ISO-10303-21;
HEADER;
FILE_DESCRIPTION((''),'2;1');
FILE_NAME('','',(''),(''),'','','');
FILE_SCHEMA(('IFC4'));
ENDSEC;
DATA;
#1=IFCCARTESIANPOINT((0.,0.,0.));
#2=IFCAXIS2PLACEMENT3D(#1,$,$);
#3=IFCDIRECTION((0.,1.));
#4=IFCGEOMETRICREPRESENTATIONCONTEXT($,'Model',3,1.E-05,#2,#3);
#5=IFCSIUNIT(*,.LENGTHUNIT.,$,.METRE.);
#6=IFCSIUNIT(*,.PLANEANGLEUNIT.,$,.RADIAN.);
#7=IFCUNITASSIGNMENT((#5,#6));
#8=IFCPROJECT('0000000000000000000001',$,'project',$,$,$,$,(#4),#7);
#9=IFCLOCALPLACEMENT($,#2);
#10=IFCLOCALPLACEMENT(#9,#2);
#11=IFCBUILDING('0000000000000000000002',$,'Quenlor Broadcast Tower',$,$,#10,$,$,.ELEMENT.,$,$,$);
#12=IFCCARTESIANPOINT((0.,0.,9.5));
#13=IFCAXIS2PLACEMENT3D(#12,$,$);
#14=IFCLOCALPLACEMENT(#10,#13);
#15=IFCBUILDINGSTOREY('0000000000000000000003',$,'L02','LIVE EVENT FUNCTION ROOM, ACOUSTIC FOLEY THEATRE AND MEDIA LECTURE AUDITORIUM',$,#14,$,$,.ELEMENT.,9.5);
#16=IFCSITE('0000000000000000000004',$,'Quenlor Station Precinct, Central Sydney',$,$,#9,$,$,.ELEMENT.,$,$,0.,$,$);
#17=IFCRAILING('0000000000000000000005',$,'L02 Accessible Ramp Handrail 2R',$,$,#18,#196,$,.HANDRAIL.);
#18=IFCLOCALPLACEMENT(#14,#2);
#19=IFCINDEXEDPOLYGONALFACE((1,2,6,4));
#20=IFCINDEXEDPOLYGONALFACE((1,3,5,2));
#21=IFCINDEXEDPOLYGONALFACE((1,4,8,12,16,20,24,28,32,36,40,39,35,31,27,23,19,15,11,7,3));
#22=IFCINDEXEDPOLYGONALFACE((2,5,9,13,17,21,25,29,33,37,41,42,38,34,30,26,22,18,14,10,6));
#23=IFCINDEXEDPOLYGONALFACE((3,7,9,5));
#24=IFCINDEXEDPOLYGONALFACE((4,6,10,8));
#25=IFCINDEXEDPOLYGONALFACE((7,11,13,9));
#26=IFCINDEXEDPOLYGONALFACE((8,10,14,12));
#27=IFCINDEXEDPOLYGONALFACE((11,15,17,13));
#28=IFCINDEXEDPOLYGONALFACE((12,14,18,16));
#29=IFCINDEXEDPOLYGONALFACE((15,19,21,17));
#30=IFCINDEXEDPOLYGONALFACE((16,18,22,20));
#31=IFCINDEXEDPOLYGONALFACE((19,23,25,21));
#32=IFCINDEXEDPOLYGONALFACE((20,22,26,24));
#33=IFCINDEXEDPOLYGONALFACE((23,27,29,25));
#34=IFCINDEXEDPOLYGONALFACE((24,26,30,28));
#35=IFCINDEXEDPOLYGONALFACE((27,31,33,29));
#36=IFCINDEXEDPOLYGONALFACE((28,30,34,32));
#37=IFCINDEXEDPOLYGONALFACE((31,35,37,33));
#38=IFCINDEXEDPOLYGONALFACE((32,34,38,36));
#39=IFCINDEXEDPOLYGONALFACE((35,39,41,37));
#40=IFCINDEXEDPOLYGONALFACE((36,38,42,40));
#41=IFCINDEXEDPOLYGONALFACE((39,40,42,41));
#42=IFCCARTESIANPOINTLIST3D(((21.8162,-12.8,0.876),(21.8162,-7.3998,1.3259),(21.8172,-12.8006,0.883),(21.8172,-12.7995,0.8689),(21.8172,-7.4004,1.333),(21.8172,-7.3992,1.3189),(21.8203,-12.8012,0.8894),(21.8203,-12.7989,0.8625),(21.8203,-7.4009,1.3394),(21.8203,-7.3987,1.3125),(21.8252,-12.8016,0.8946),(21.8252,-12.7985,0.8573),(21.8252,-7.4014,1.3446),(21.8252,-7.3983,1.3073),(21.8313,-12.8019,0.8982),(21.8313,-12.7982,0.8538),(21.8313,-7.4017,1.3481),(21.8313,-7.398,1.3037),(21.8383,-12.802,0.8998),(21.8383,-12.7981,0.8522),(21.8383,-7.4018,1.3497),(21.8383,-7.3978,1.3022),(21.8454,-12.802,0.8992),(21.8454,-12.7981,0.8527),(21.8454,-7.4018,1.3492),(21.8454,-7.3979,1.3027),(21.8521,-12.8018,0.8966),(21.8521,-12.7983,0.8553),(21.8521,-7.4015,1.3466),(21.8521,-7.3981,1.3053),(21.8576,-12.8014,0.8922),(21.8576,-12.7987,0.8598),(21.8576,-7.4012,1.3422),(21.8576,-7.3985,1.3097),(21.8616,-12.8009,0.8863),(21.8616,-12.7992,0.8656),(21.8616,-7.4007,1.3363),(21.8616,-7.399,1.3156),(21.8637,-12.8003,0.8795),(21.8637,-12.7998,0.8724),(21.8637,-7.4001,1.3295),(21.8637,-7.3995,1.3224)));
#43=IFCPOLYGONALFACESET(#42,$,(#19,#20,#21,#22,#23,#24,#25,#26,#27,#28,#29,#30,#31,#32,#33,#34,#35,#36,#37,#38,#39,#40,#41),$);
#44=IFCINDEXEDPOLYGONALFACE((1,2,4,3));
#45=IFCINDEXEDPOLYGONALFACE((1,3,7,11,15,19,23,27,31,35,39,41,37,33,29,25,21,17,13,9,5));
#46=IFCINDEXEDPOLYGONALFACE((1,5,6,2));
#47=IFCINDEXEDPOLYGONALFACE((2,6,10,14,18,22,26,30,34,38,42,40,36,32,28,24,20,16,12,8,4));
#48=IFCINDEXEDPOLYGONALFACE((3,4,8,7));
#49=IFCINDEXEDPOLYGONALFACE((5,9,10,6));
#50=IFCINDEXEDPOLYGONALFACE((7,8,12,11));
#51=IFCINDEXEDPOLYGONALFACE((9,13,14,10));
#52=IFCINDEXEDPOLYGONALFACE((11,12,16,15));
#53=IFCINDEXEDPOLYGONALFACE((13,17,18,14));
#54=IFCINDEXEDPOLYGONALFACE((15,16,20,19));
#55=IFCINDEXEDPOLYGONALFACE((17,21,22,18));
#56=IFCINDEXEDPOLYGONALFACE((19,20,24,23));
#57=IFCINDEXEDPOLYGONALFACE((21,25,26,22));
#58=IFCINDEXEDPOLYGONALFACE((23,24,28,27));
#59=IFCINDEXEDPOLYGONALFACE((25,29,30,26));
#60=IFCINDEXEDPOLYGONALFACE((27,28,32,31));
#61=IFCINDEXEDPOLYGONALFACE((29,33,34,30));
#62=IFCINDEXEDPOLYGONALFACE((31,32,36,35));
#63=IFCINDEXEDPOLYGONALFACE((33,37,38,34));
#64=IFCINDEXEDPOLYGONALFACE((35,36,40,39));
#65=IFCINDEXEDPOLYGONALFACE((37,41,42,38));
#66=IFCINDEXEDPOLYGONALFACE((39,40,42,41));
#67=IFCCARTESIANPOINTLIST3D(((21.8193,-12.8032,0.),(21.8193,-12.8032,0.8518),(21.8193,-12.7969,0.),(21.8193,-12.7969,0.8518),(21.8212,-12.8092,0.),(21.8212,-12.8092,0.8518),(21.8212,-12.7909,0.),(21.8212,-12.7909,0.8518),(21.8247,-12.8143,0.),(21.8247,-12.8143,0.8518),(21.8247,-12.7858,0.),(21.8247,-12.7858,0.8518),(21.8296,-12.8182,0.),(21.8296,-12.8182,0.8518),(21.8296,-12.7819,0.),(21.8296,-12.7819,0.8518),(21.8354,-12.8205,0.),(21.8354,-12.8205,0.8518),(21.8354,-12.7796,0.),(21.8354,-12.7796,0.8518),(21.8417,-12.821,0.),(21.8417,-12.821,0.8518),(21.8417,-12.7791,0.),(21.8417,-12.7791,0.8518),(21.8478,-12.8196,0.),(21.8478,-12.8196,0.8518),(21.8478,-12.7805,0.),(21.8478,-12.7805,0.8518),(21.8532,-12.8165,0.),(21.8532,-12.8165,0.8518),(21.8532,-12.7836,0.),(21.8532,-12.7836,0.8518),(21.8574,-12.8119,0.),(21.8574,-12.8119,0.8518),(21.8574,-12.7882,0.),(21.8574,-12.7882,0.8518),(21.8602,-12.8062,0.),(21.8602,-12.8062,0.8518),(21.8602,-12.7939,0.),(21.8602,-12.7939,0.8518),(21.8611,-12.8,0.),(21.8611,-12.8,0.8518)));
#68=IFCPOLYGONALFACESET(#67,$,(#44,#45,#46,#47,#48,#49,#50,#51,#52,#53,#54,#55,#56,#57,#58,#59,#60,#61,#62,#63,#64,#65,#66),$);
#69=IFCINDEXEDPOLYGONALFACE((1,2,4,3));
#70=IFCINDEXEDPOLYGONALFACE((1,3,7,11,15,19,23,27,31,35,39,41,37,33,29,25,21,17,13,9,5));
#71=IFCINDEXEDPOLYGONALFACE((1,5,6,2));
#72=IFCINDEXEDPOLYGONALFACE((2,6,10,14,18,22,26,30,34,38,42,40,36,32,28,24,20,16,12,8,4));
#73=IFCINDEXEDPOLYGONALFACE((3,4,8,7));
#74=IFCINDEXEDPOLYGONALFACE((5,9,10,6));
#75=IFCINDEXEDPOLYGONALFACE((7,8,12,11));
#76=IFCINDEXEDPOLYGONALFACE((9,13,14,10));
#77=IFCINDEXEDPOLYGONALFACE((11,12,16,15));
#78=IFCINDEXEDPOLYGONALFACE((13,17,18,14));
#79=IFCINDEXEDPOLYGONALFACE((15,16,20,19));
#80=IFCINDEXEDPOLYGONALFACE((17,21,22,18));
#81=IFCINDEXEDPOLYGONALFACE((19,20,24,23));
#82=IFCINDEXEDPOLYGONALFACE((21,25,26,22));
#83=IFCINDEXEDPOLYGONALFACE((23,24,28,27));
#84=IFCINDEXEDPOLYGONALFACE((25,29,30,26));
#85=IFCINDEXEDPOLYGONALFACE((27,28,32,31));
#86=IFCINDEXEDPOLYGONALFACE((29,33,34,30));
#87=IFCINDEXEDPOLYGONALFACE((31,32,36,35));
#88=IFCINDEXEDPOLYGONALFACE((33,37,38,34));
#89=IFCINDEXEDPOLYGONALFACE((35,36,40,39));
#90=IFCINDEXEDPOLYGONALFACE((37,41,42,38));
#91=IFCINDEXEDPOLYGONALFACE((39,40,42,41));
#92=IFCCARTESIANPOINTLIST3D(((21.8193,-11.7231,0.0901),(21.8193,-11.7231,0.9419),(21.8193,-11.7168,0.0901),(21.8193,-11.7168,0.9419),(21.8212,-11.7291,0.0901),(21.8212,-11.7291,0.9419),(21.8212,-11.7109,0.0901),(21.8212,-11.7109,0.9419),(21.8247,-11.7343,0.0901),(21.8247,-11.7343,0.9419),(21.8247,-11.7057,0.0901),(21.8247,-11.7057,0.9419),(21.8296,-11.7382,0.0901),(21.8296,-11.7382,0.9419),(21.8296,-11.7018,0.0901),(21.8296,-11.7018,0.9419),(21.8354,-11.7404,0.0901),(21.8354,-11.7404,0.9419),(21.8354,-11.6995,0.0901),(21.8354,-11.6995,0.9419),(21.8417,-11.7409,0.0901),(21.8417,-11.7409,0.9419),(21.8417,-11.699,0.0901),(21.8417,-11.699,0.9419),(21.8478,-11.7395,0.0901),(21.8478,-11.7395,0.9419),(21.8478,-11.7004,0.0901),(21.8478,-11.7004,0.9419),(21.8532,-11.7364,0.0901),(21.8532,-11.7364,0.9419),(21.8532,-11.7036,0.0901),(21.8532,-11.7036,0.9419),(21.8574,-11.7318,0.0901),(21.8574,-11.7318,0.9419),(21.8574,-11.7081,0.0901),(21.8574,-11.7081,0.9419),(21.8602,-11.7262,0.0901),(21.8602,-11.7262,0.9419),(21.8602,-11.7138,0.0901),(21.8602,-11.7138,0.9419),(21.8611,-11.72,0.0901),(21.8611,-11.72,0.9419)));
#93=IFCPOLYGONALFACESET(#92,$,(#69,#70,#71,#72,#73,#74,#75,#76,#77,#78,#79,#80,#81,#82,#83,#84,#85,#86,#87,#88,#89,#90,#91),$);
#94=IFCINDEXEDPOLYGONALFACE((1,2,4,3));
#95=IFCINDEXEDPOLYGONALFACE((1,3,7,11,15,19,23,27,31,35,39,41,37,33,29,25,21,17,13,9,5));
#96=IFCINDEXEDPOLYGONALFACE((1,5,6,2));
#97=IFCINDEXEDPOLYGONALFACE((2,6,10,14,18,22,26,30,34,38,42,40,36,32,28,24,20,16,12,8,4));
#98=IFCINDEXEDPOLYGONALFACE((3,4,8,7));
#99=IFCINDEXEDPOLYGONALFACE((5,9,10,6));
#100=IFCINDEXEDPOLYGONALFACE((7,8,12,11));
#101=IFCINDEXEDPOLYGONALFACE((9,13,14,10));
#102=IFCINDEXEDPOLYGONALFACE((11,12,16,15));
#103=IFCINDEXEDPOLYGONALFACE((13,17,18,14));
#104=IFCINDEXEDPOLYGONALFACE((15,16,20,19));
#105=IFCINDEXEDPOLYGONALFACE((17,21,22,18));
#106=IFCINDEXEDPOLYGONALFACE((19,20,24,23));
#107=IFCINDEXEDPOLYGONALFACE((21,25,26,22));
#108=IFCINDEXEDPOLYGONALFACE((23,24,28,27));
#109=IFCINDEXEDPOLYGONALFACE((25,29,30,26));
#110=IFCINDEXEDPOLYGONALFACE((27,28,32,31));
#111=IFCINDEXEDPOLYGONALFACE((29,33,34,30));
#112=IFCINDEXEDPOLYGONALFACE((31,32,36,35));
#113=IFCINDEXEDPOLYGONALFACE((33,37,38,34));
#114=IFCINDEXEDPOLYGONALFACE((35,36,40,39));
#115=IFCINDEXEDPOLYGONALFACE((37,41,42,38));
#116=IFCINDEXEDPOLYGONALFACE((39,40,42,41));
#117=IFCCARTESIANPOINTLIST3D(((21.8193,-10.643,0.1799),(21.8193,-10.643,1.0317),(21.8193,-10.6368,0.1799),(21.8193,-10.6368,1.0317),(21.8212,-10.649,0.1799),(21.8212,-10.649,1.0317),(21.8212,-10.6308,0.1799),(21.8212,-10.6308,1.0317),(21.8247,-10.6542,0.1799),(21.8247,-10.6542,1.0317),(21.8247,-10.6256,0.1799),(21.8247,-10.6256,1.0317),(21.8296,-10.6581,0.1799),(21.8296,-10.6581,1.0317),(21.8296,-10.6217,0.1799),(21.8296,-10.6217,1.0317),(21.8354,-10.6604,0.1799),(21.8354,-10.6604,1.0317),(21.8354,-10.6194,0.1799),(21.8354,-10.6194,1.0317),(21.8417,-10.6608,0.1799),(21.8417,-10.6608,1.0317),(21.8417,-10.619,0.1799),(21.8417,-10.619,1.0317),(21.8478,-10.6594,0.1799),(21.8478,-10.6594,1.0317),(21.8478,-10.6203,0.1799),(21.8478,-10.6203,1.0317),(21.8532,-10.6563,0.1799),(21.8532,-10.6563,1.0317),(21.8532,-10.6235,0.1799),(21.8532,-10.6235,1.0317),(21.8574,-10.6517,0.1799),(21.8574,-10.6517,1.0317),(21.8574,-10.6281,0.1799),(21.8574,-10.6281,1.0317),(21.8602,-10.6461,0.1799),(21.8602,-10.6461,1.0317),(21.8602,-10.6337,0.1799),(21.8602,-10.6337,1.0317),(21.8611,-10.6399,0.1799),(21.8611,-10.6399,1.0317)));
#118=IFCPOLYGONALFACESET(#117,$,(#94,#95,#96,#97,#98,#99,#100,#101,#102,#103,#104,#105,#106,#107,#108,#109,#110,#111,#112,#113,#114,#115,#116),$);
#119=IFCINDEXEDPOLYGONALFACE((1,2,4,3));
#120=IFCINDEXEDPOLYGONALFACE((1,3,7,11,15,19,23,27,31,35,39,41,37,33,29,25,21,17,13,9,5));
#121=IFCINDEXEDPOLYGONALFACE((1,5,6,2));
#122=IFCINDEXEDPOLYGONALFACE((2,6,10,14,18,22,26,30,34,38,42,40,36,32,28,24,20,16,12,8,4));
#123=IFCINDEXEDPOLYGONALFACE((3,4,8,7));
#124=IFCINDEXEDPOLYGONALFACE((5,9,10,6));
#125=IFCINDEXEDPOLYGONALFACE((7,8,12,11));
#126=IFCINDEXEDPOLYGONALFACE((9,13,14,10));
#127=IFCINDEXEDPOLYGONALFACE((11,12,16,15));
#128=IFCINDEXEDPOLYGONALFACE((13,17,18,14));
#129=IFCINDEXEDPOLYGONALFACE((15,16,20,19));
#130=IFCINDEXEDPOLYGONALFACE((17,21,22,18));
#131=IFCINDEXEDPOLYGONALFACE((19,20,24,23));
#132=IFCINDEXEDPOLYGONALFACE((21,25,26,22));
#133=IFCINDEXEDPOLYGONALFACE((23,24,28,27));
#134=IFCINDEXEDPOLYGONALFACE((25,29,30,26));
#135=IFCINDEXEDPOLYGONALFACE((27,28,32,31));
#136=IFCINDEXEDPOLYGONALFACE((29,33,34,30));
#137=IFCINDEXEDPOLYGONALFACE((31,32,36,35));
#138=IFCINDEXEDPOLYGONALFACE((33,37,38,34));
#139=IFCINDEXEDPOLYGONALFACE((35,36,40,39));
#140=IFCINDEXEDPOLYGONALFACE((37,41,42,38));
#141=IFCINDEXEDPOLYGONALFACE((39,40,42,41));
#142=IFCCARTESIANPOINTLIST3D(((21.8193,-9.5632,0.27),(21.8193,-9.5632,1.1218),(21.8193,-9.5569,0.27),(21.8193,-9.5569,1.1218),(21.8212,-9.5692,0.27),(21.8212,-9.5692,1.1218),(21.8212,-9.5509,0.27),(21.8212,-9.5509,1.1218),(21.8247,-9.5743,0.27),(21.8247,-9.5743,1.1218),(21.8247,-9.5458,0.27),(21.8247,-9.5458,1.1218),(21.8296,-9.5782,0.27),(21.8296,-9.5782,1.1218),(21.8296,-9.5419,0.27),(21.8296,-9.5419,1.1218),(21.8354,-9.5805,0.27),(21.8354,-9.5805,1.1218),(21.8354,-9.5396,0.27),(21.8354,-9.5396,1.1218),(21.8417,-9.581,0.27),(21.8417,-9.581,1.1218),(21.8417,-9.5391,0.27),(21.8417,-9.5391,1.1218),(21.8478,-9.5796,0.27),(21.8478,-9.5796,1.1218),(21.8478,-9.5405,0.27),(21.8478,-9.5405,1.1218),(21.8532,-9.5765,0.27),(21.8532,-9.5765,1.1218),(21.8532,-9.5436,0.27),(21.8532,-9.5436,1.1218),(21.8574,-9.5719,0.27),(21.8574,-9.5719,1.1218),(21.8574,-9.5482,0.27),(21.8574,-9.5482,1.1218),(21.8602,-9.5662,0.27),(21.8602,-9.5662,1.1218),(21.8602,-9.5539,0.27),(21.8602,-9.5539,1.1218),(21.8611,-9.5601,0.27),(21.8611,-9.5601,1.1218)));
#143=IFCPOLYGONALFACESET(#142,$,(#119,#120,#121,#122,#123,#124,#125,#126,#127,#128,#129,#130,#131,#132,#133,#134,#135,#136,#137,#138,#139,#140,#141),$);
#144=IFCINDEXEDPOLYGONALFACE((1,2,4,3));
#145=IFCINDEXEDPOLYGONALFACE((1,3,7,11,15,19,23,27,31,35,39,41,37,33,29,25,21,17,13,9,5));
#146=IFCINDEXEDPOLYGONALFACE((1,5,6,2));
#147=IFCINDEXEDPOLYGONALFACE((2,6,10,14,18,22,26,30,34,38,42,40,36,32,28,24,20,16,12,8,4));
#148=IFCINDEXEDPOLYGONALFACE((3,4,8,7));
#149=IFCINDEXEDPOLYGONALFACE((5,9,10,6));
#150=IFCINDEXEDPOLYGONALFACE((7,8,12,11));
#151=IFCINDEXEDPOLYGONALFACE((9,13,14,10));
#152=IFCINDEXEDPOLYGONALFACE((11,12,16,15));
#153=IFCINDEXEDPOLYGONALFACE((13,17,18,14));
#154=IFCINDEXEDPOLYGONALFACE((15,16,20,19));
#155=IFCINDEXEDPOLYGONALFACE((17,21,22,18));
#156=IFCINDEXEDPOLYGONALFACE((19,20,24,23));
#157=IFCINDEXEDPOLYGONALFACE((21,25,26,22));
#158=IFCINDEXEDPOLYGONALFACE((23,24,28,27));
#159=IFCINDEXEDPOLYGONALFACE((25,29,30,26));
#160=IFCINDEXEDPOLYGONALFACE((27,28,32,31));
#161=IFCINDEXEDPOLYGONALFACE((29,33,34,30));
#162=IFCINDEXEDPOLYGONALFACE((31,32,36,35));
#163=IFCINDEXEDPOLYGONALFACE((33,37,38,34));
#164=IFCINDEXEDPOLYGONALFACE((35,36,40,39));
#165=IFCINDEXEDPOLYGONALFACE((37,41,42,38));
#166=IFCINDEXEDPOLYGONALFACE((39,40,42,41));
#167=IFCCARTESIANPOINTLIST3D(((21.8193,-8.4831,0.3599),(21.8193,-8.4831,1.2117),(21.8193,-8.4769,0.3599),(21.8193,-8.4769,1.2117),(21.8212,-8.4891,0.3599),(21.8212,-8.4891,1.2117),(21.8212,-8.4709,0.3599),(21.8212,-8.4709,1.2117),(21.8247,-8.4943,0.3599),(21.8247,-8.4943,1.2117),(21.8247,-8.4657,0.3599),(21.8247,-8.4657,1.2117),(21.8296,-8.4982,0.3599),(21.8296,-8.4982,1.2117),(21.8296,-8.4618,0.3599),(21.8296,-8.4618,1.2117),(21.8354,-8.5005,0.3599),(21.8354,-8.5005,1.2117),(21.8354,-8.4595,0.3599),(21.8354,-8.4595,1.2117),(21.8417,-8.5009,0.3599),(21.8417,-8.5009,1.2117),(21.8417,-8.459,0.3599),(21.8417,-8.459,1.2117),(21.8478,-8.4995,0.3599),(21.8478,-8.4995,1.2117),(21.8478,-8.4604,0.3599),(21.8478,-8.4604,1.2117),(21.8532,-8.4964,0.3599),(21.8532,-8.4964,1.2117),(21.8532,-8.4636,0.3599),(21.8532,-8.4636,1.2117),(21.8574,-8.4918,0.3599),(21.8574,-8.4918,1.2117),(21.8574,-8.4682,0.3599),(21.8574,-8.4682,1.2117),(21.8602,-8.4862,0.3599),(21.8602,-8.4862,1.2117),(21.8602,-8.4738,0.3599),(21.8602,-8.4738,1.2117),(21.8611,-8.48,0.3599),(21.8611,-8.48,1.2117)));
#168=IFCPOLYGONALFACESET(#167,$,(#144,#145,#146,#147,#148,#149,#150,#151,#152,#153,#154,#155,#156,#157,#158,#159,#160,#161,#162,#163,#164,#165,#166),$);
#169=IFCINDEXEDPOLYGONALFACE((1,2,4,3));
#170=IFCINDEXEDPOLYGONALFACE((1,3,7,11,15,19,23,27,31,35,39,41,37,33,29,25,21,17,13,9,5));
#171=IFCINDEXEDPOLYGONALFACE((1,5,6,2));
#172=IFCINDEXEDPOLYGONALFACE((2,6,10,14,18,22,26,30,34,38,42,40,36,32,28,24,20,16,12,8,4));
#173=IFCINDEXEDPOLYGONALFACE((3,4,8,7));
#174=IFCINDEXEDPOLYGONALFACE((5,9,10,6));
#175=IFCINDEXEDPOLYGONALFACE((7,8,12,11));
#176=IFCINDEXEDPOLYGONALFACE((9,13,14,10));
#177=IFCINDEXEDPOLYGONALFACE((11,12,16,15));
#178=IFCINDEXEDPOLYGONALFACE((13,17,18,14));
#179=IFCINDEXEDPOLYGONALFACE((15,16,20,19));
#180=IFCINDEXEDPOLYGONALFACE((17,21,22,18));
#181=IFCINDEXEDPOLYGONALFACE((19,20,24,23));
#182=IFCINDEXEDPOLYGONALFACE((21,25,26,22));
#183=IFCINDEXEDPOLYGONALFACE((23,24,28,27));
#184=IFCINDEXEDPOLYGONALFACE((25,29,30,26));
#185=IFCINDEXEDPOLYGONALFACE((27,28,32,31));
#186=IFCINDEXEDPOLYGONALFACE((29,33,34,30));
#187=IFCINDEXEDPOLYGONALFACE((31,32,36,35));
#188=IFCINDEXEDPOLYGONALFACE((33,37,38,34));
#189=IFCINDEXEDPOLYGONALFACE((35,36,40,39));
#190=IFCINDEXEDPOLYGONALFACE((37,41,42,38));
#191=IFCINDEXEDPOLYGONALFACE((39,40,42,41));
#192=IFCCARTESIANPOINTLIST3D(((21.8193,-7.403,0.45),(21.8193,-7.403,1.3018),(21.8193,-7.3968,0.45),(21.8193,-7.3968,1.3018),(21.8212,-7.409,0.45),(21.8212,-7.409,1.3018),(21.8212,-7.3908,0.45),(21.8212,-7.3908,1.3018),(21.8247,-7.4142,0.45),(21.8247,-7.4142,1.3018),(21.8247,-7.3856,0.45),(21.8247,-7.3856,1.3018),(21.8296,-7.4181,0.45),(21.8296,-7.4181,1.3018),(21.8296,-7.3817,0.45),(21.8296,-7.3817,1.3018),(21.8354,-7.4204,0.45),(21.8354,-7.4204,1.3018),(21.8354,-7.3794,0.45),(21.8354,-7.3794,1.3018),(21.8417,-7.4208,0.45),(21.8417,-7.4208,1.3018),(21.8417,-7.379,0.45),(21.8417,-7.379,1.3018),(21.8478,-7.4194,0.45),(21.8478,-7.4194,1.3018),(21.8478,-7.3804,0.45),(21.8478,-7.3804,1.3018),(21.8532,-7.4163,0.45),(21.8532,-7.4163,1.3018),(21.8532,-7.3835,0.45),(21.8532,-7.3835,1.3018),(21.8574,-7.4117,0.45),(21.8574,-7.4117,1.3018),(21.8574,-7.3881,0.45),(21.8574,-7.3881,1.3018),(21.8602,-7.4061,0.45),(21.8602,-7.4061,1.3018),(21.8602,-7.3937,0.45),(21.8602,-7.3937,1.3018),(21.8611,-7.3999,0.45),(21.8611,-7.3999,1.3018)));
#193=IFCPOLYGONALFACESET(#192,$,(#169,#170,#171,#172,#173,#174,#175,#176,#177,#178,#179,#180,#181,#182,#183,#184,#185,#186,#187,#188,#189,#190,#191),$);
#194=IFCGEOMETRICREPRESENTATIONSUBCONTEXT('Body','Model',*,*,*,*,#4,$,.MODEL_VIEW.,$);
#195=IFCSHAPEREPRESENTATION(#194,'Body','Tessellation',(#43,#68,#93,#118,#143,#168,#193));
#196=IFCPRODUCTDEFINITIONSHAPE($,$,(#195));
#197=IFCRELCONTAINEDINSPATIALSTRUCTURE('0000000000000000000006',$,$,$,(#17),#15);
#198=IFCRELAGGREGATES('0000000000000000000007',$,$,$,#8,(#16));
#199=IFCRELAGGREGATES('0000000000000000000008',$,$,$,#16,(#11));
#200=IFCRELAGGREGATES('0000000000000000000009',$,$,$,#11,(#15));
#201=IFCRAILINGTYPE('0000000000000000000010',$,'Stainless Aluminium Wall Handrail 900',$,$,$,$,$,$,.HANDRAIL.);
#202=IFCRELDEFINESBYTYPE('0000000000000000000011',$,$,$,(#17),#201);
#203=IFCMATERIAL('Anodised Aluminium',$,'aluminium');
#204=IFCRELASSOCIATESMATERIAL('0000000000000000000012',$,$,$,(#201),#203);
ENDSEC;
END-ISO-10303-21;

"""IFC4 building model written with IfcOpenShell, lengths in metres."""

from ifc_helpers import new_model, si_unit, direction, frame, origin, origin_2d, place, context, subcontext, project, spatial, circle, extrude, material, type_object, element, save


model = new_model("IFC4")

# Units and contexts
model_context = context("Model", 3, precision=1e-05, world=origin(), true_north=direction((0.0, 1.0)))
body_context = subcontext(model_context, "Body", "Model", "MODEL_VIEW")
ifc_project = project(units=[si_unit("LENGTHUNIT", "METRE"), si_unit("PLANEANGLEUNIT", "RADIAN")], contexts=[model_context])

# Site, building, storey
site_placement = place(None, origin())
site = spatial("IfcSite", under=ifc_project, at=site_placement, Name="Quenlor Station Precinct, Central Sydney", CompositionType="ELEMENT", RefElevation=0.0)
building_placement = place(site_placement, origin())
building = spatial("IfcBuilding", under=site, at=building_placement, Name="Quenlor Broadcast Tower", CompositionType="ELEMENT")
storey_placement = place(building_placement, frame((0.0, 0.0, 9.5)))
storey = spatial("IfcBuildingStorey", under=building, at=storey_placement, Name="L02", Description="LIVE EVENT FUNCTION ROOM, ACOUSTIC FOLEY THEATRE AND MEDIA LECTURE AUDITORIUM", CompositionType="ELEMENT", Elevation=9.5)

# Railing
ifc_material_1 = material(Name="Anodised Aluminium", Category="aluminium")
railing_type_1 = type_object("IfcRailingType", Name="Stainless Aluminium Wall Handrail 900", PredefinedType="HANDRAIL", material=ifc_material_1)
for number, where, name in (
    (1, (21.8401, -12.8, 0.0), "L02 Accessible Ramp Handrail 2R"),
):
    element("IfcRailing", number, at=place(storey_placement, frame(where)), inside=storey, type_object=railing_type_1, Name=name, PredefinedType="HANDRAIL", context=body_context, shape_type="SweptSolid", body=[
        extrude(circle(Radius=0.0239, at=origin_2d()), frame((0.0, 0.0, 0.876), z_axis=(0.0, 0.996547, 0.083034), x_axis=(-1.0, 0.0, 0.0)), (0.0, 0.0, 1.0), 5.4189),
        extrude(circle(Radius=0.021, at=origin_2d()), origin(), (0.0, 0.0, 1.0), 0.8518),
        extrude(circle(Radius=0.021, at=origin_2d()), frame((0.0, 1.0801, 0.0901)), (0.0, 0.0, 1.0), 0.8518),
        extrude(circle(Radius=0.021, at=origin_2d()), frame((0.0, 2.1602, 0.1799)), (0.0, 0.0, 1.0), 0.8518),
        extrude(circle(Radius=0.021, at=origin_2d()), frame((0.0, 3.24, 0.27)), (0.0, 0.0, 1.0), 0.8518),
        extrude(circle(Radius=0.021, at=origin_2d()), frame((0.0, 4.3201, 0.3599)), (0.0, 0.0, 1.0), 0.8518),
        extrude(circle(Radius=0.021, at=origin_2d()), frame((0.0, 5.4001, 0.45)), (0.0, 0.0, 1.0), 0.8518),
    ])

save(model, "model.ifc")
